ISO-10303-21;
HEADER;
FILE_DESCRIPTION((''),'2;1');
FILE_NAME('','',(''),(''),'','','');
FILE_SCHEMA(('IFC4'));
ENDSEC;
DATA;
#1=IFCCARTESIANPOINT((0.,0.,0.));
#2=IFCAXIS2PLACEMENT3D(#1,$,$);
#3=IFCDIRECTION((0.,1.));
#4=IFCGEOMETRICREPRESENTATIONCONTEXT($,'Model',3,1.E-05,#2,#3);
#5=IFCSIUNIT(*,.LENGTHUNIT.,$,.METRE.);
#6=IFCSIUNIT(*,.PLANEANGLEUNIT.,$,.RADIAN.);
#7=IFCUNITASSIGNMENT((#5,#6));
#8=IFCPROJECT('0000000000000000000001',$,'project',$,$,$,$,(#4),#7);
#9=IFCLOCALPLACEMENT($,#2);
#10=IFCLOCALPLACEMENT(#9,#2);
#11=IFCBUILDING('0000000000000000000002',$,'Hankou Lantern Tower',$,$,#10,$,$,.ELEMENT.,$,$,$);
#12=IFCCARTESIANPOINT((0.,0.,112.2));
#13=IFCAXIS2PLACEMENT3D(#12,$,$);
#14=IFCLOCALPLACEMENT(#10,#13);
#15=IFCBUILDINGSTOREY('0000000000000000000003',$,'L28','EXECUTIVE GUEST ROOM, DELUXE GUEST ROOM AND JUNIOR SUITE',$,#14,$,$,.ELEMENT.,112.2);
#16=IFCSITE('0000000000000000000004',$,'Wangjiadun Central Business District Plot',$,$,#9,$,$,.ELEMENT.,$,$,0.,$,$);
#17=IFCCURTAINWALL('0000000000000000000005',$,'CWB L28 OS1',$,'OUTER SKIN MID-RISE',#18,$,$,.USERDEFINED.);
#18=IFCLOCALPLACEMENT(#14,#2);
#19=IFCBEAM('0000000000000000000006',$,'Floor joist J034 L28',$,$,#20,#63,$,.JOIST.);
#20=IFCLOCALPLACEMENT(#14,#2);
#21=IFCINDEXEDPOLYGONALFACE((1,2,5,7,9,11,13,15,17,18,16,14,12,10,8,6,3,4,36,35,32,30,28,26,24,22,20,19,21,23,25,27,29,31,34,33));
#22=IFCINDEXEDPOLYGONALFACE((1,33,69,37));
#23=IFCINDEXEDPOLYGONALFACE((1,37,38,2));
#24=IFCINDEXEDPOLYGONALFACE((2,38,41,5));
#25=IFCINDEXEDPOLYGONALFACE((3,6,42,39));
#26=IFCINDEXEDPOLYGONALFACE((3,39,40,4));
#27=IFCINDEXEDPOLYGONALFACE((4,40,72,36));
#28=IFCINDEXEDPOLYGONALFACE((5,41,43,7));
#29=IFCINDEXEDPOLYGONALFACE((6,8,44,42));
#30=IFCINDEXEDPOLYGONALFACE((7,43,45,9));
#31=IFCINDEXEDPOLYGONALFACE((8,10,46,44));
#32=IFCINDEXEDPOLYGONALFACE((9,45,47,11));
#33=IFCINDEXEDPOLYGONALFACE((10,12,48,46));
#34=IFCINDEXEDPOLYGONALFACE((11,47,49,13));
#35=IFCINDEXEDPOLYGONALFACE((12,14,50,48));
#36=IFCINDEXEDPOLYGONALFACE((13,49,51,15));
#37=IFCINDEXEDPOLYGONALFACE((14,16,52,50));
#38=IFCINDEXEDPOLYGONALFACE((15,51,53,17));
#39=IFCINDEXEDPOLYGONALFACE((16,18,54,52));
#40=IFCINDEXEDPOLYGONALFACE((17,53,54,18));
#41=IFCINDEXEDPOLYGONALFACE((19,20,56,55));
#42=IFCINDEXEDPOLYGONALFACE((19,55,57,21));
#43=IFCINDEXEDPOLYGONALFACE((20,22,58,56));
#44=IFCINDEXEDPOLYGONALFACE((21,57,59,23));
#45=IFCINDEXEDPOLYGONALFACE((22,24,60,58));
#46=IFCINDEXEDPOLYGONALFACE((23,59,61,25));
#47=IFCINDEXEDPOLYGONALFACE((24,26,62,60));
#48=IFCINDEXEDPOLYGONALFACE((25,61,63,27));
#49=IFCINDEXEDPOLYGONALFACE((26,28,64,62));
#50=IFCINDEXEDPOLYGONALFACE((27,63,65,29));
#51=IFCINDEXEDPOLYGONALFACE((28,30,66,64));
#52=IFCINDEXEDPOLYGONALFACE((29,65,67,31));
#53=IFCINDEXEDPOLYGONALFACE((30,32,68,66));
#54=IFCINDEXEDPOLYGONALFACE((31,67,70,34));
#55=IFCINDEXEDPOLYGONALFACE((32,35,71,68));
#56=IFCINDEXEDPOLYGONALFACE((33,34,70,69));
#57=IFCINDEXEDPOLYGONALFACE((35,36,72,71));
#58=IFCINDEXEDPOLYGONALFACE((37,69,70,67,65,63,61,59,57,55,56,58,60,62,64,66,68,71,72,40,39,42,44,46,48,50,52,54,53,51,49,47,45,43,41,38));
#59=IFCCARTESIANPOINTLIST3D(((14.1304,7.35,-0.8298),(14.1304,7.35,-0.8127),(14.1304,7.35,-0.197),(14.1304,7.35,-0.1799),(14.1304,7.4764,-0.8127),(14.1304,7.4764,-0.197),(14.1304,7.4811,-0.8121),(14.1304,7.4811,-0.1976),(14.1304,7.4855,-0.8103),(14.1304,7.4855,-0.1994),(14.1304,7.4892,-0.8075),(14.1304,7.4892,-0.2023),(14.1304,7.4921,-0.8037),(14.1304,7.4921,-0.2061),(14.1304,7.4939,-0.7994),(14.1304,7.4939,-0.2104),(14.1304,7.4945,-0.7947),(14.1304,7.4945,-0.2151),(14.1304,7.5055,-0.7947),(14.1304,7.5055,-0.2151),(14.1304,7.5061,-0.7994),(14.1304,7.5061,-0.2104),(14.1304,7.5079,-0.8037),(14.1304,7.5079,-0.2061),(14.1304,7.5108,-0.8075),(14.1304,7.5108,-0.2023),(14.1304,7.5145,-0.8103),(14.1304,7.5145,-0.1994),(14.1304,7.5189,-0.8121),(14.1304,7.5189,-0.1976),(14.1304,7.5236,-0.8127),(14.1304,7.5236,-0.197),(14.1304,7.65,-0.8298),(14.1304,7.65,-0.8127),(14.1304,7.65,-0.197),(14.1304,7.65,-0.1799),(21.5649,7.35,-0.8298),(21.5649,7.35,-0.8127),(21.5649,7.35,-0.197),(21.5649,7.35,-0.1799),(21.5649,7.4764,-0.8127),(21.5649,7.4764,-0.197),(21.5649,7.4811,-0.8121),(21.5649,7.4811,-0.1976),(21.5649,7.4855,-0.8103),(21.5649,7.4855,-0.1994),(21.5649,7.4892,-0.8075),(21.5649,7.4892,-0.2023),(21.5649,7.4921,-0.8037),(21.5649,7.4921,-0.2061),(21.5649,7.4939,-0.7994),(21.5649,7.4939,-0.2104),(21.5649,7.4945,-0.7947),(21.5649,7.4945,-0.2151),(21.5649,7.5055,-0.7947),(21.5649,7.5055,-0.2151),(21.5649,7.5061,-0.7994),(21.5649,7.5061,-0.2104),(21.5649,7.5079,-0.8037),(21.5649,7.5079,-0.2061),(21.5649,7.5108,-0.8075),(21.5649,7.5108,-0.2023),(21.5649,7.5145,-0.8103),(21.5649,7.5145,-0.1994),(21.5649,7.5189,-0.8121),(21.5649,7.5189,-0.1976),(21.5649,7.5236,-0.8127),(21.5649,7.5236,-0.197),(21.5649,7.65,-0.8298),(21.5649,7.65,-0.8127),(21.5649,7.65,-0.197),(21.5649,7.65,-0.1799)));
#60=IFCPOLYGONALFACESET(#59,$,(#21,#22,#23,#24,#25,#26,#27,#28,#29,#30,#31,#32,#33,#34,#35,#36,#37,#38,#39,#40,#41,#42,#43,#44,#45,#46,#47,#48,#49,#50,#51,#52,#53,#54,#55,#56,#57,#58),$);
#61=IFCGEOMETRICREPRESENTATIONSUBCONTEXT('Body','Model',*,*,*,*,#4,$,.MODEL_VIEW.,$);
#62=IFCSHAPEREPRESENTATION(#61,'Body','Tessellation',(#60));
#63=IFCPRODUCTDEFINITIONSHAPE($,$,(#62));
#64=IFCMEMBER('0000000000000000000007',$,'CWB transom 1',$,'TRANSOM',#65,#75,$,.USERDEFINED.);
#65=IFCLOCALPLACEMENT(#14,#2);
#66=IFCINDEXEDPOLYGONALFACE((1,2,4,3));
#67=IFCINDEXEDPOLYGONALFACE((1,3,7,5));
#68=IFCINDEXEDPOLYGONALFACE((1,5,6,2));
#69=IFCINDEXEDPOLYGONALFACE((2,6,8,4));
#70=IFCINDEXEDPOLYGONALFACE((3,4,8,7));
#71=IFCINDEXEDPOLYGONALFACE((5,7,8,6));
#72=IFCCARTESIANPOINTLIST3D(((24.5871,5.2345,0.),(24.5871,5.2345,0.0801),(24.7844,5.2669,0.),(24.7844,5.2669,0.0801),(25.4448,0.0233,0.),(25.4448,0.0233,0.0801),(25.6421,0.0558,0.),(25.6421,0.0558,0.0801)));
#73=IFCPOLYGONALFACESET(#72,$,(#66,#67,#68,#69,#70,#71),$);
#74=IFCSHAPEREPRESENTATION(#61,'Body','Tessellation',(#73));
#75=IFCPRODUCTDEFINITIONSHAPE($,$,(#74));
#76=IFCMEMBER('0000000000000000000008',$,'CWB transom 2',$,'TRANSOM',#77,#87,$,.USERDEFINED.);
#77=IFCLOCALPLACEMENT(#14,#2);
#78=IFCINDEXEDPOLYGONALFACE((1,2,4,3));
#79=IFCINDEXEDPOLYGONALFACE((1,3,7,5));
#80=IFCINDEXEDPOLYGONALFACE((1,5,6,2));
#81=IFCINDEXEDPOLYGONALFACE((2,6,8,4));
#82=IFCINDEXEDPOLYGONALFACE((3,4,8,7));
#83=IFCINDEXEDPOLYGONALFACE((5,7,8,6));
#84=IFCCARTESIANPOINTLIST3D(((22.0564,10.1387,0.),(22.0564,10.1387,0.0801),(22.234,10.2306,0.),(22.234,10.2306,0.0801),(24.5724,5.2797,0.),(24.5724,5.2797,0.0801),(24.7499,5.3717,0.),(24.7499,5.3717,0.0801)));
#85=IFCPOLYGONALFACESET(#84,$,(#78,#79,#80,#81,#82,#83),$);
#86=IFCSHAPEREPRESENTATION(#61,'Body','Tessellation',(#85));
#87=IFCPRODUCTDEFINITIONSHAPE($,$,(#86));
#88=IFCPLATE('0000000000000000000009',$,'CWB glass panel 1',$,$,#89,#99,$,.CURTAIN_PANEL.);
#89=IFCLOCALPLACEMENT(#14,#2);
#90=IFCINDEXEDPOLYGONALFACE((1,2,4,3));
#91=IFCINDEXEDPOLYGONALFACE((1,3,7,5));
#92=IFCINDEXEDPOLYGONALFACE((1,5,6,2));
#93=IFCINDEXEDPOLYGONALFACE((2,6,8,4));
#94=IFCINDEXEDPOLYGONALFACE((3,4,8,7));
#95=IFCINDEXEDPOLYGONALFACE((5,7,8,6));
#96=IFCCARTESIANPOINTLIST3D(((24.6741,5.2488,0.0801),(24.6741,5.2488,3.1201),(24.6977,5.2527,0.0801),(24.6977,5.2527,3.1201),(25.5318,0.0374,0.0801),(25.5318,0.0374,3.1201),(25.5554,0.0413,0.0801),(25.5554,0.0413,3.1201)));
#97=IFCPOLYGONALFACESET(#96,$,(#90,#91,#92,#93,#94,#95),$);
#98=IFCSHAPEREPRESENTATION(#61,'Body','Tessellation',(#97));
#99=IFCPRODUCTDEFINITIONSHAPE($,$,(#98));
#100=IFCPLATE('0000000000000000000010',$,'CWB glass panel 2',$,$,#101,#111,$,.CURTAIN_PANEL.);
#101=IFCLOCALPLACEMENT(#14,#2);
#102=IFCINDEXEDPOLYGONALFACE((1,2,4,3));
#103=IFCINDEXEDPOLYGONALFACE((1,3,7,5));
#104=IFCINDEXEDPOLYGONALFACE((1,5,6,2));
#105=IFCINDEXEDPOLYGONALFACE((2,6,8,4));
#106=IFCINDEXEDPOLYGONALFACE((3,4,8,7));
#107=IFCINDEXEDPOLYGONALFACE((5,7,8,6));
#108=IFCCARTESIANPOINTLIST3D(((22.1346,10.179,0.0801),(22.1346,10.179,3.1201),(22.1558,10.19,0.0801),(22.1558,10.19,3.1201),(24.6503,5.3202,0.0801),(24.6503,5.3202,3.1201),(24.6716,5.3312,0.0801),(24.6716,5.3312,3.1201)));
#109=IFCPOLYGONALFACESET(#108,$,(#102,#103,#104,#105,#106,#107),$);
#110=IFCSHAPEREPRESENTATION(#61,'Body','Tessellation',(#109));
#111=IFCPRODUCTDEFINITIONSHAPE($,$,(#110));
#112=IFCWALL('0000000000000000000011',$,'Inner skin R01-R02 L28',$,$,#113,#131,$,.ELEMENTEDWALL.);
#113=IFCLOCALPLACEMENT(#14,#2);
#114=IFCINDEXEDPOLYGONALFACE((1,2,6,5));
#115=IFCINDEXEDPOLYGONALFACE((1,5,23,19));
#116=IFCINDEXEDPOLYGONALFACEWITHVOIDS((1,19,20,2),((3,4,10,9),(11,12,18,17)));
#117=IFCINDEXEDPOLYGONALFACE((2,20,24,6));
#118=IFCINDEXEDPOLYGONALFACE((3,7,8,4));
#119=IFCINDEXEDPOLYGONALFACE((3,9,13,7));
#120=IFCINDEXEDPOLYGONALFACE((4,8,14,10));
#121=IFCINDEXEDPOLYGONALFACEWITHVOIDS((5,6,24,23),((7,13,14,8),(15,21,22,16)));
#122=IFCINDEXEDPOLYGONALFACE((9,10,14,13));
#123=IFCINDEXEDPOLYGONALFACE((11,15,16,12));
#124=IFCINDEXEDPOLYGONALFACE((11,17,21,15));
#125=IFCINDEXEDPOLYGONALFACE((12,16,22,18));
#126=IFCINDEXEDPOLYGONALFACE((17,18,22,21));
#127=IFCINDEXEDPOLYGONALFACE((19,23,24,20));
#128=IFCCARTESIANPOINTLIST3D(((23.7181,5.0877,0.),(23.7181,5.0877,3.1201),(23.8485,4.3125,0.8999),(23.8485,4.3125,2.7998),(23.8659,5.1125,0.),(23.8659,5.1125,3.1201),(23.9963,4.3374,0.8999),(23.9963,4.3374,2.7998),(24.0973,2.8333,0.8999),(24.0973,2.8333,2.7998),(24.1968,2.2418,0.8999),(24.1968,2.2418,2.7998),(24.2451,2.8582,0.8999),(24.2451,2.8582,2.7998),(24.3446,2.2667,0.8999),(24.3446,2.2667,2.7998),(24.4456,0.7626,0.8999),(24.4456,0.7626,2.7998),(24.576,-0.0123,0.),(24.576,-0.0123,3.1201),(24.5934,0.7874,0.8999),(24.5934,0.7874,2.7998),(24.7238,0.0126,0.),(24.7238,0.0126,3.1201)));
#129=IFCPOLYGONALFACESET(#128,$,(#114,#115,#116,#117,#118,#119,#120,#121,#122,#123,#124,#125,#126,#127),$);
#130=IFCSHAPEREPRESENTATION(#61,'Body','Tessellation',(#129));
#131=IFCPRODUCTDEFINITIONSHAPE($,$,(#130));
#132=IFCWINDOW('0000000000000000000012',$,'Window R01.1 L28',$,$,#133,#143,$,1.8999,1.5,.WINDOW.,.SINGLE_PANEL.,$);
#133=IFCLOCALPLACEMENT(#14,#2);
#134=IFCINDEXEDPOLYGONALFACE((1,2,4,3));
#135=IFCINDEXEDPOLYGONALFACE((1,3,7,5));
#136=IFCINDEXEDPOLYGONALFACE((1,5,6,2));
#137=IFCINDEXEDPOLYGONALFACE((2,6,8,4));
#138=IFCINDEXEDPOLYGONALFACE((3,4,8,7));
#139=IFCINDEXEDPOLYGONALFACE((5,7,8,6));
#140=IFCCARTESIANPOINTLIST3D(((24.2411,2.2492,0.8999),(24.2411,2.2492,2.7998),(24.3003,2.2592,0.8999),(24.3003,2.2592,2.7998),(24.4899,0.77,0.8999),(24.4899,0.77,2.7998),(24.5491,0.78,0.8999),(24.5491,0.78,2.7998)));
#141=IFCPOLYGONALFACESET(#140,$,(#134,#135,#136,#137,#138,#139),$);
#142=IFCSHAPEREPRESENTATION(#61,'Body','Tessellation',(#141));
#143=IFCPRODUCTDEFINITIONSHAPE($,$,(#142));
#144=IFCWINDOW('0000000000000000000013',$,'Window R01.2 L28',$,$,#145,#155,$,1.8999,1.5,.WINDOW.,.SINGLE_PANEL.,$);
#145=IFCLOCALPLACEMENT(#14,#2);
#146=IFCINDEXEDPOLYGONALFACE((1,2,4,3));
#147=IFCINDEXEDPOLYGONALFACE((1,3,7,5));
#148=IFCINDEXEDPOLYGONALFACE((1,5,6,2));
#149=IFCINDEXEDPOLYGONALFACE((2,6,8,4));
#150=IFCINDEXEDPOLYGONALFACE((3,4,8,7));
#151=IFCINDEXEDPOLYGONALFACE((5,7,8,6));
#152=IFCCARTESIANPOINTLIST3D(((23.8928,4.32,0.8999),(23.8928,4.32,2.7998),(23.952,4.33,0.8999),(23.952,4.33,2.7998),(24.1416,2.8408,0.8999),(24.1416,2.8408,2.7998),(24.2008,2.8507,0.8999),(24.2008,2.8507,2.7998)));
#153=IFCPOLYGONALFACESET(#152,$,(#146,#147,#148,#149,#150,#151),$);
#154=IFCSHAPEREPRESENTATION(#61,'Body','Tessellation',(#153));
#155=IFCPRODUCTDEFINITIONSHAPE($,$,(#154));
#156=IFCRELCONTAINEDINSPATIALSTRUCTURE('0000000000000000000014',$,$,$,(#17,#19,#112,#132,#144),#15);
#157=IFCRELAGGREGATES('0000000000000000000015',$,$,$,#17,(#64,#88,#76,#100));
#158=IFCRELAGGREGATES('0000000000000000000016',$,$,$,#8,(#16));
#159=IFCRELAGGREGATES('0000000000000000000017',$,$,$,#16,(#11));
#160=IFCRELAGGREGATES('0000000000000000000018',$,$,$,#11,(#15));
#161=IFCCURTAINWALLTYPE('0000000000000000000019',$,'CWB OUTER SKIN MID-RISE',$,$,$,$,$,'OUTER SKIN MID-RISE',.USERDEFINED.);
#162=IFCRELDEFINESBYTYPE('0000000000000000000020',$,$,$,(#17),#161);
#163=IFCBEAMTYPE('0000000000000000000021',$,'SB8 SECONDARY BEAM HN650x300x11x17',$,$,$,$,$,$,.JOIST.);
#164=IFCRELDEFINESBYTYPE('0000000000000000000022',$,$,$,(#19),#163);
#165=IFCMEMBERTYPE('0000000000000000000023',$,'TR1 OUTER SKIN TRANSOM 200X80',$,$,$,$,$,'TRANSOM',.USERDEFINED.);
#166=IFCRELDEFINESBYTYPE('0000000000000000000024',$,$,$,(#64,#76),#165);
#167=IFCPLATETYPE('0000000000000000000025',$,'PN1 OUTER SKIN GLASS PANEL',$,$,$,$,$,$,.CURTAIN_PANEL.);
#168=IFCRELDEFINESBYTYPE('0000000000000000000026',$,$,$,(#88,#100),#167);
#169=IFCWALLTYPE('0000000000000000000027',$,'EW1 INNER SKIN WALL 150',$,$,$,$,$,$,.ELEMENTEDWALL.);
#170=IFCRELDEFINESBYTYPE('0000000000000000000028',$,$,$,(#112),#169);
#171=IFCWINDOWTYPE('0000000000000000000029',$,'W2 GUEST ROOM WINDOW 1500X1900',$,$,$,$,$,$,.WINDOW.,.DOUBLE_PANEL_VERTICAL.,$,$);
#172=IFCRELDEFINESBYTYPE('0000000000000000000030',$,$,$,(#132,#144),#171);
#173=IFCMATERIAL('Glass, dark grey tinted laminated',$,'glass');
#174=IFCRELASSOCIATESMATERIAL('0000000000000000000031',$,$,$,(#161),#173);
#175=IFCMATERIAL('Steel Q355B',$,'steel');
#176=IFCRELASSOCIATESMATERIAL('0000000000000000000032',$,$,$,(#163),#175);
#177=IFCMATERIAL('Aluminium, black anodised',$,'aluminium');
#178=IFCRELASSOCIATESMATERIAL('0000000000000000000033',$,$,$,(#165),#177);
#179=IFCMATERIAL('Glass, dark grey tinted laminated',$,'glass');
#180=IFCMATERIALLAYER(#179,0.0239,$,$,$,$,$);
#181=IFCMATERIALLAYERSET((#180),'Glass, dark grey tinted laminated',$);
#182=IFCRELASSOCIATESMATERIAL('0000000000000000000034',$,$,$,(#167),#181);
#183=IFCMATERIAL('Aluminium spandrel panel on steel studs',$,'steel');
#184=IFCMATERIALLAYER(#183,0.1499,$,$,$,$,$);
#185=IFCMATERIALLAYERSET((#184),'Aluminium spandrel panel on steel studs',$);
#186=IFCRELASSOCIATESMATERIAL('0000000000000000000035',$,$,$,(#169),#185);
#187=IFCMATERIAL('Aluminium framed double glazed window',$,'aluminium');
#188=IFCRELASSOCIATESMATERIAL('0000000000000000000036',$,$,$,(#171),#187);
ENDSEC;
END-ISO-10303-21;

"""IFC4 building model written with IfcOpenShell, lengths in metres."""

from ifc_helpers import new_model, si_unit, direction, frame, frame_2d, origin, origin_2d, place, context, subcontext, project, spatial, rectangle, i_section, extrude, material, layer, layer_set, material_profile, profile_set, type_object, element, fill, aggregate, save


model = new_model("IFC4")

# Units and contexts
model_context = context("Model", 3, precision=1e-05, world=origin(), true_north=direction((0.0, 1.0)))
body_context = subcontext(model_context, "Body", "Model", "MODEL_VIEW")
ifc_project = project(units=[si_unit("LENGTHUNIT", "METRE"), si_unit("PLANEANGLEUNIT", "RADIAN")], contexts=[model_context])

# Site, building, storey
site_placement = place(None, origin())
site = spatial("IfcSite", under=ifc_project, at=site_placement, Name="Wangjiadun Central Business District Plot", CompositionType="ELEMENT", RefElevation=0.0)
building_placement = place(site_placement, origin())
building = spatial("IfcBuilding", under=site, at=building_placement, Name="Hankou Lantern Tower", CompositionType="ELEMENT")
storey_placement = place(building_placement, frame((0.0, 0.0, 112.2)))
storey = spatial("IfcBuildingStorey", under=building, at=storey_placement, Name="L28", Description="EXECUTIVE GUEST ROOM, DELUXE GUEST ROOM AND JUNIOR SUITE", CompositionType="ELEMENT", Elevation=112.2)

# Curtain wall
ifc_material_1 = material(Name="Glass, dark grey tinted laminated", Category="glass")
curtain_wall_type = type_object("IfcCurtainWallType", Name="CWB OUTER SKIN MID-RISE", ElementType="OUTER SKIN MID-RISE", PredefinedType="USERDEFINED", material=ifc_material_1)
curtain_wall_placement = place(storey_placement, origin())
curtain_wall = element("IfcCurtainWall", 1, at=curtain_wall_placement, inside=storey, type_object=curtain_wall_type, Name="CWB L28 OS1", ObjectType="OUTER SKIN MID-RISE", PredefinedType="USERDEFINED")

# Beam
ifc_material_2 = material(Name="Steel Q355B", Category="steel")
ifc_material_profile_1 = material_profile(ifc_material_2, i_section(OverallWidth=0.3, OverallDepth=0.6499, WebThickness=0.011, FlangeThickness=0.0171, FilletRadius=0.0181, at=origin_2d()), Name="HN650x300x11x17")
ifc_profile_set_1 = profile_set([ifc_material_profile_1], Name="Steel Q355B")
beam_type_1 = type_object("IfcBeamType", Name="SB8 SECONDARY BEAM HN650x300x11x17", PredefinedType="JOIST", material=ifc_profile_set_1)
beam_1_placement = place(storey_placement, frame((14.1304, 7.5, -0.5049), z_axis=(1.0, 0.0, 0.0), x_axis=(0.0, 1.0, 0.0)))
element("IfcBeam", 2, at=beam_1_placement, inside=storey, type_object=beam_type_1, Name="Floor joist J034 L28", PredefinedType="JOIST", context=body_context, shape_type="SweptSolid", body=[
    extrude(i_section(OverallWidth=0.3, OverallDepth=0.6499, WebThickness=0.011, FlangeThickness=0.0171, FilletRadius=0.0181, at=origin_2d()), origin(), (0.0, 0.0, 1.0), 7.4346),
])

# Members
ifc_material_3 = material(Name="Aluminium, black anodised", Category="aluminium")
ifc_material_profile_2 = material_profile(ifc_material_3, rectangle(XDim=0.2, YDim=0.0801, at=origin_2d()), Name="TR1 200X80")
ifc_profile_set_2 = profile_set([ifc_material_profile_2], Name="Aluminium, black anodised")
member_type_1 = type_object("IfcMemberType", Name="TR1 OUTER SKIN TRANSOM 200X80", ElementType="TRANSOM", PredefinedType="USERDEFINED", material=ifc_profile_set_2)
member_1_placement = place(storey_placement, frame((25.5435, 0.0396, 0.04), z_axis=(-0.162397, 0.986725, 0.0), x_axis=(-0.986725, -0.162397, 0.0)))
member_1 = element("IfcMember", 3, at=member_1_placement, type_object=member_type_1, Name="CWB transom 1", ObjectType="TRANSOM", PredefinedType="USERDEFINED", context=body_context, shape_type="SweptSolid", body=[
    extrude(rectangle(XDim=0.2, YDim=0.0801, at=origin_2d()), origin(), (0.0, 0.0, 1.0), 5.2812),
])
member_2_placement = place(storey_placement, frame((24.6611, 5.3257, 0.04), z_axis=(-0.459805, 0.88802, 0.0), x_axis=(-0.88802, -0.459805, 0.0)))
member_2 = element("IfcMember", 4, at=member_2_placement, type_object=member_type_1, Name="CWB transom 2", ObjectType="TRANSOM", PredefinedType="USERDEFINED", context=body_context, shape_type="SweptSolid", body=[
    extrude(rectangle(XDim=0.2, YDim=0.0801, at=origin_2d()), origin(), (0.0, 0.0, 1.0), 5.4717),
])

# Plates
ifc_material_4 = material(Name="Glass, dark grey tinted laminated", Category="glass")
ifc_layer_1 = layer(ifc_material_4, 0.0239)
ifc_layer_set_1 = layer_set([ifc_layer_1], Name="Glass, dark grey tinted laminated")
plate_type = type_object("IfcPlateType", Name="PN1 OUTER SKIN GLASS PANEL", PredefinedType="CURTAIN_PANEL", material=ifc_layer_set_1)
plate_1_placement = place(storey_placement, frame((25.1147, 2.645, 0.0801), z_axis=(0.0, 0.0, 1.0), x_axis=(-0.162382, 0.986728, 0.0)))
plate_1 = element("IfcPlate", 5, at=plate_1_placement, type_object=plate_type, Name="CWB glass panel 1", PredefinedType="CURTAIN_PANEL", context=body_context, shape_type="SweptSolid", body=[
    extrude(rectangle(XDim=5.2815, YDim=0.0239, at=origin_2d()), origin(), (0.0, 0.0, 1.0), 3.04),
])
plate_2_placement = place(storey_placement, frame((23.4031, 7.7551, 0.0801), z_axis=(0.0, 0.0, 1.0), x_axis=(-0.459791, 0.888027, 0.0)))
plate_2 = element("IfcPlate", 6, at=plate_2_placement, type_object=plate_type, Name="CWB glass panel 2", PredefinedType="CURTAIN_PANEL", context=body_context, shape_type="SweptSolid", body=[
    extrude(rectangle(XDim=5.4714, YDim=0.0239, at=origin_2d()), origin(), (0.0, 0.0, 1.0), 3.04),
])
aggregate(curtain_wall, [member_1, plate_1, member_2, plate_2])

# Wall, openings, windows
ifc_material_5 = material(Name="Aluminium spandrel panel on steel studs", Category="steel")
ifc_layer_2 = layer(ifc_material_5, 0.1499)
ifc_layer_set_2 = layer_set([ifc_layer_2], Name="Aluminium spandrel panel on steel studs")
wall_type_1 = type_object("IfcWallType", Name="EW1 INNER SKIN WALL 150", PredefinedType="ELEMENTEDWALL", material=ifc_layer_set_2)
wall_1_placement = place(storey_placement, frame((24.6499, 0.0, 0.0), z_axis=(0.0, 0.0, 1.0), x_axis=(-0.165884, 0.986145, 0.0)))
wall_1 = element("IfcWall", 7, at=wall_1_placement, inside=storey, type_object=wall_type_1, Name="Inner skin R01-R02 L28", PredefinedType="ELEMENTEDWALL", context=body_context, shape_type="SweptSolid", body=[
    extrude(rectangle(XDim=5.1716, YDim=0.1499, at=frame_2d((2.5859, 0.0))), origin(), (0.0, 0.0, 1.0), 3.1201),
])
opening_1_placement = place(wall_1_placement, frame((0.7859, 0.0, 0.8999)))
opening_1 = element("IfcOpeningElement", 8, at=opening_1_placement, cuts=wall_1, PredefinedType="OPENING", context=body_context, shape_type="SweptSolid", body=[
    extrude(rectangle(XDim=1.5, YDim=1.8999, at=frame_2d((0.75, 0.95))), frame((0.0, 0.085, 0.0), z_axis=(0.0, -1.0, 0.0), x_axis=(1.0, 0.0, 0.0)), (0.0, 0.0, 1.0), 0.1699),
])
opening_2_placement = place(wall_1_placement, frame((2.8857, 0.0, 0.8999)))
opening_2 = element("IfcOpeningElement", 9, at=opening_2_placement, cuts=wall_1, PredefinedType="OPENING", context=body_context, shape_type="SweptSolid", body=[
    extrude(rectangle(XDim=1.5, YDim=1.8999, at=frame_2d((0.75, 0.95))), frame((0.0, 0.085, 0.0), z_axis=(0.0, -1.0, 0.0), x_axis=(1.0, 0.0, 0.0)), (0.0, 0.0, 1.0), 0.1699),
])
ifc_material_6 = material(Name="Aluminium framed double glazed window", Category="aluminium")
window_type = type_object("IfcWindowType", Name="W2 GUEST ROOM WINDOW 1500X1900", PartitioningType="DOUBLE_PANEL_VERTICAL", PredefinedType="WINDOW", material=ifc_material_6)
window_1_placement = place(opening_1_placement, origin())
window_1 = element("IfcWindow", 10, at=window_1_placement, inside=storey, type_object=window_type, Name="Window R01.1 L28", OverallHeight=1.8999, OverallWidth=1.5, PartitioningType="SINGLE_PANEL", PredefinedType="WINDOW", context=body_context, shape_type="SweptSolid", body=[
    extrude(rectangle(XDim=1.5, YDim=1.8999, at=frame_2d((0.75, 0.95))), frame((0.0, 0.03, 0.0), z_axis=(0.0, -1.0, 0.0), x_axis=(1.0, 0.0, 0.0)), (0.0, 0.0, 1.0), 0.0601),
])
fill(opening_1, window_1)
window_2_placement = place(opening_2_placement, origin())
window_2 = element("IfcWindow", 11, at=window_2_placement, inside=storey, type_object=window_type, Name="Window R01.2 L28", OverallHeight=1.8999, OverallWidth=1.5, PartitioningType="SINGLE_PANEL", PredefinedType="WINDOW", context=body_context, shape_type="SweptSolid", body=[
    extrude(rectangle(XDim=1.5, YDim=1.8999, at=frame_2d((0.75, 0.95))), frame((0.0, 0.03, 0.0), z_axis=(0.0, -1.0, 0.0), x_axis=(1.0, 0.0, 0.0)), (0.0, 0.0, 1.0), 0.0601),
])
fill(opening_2, window_2)

save(model, "model.ifc")
